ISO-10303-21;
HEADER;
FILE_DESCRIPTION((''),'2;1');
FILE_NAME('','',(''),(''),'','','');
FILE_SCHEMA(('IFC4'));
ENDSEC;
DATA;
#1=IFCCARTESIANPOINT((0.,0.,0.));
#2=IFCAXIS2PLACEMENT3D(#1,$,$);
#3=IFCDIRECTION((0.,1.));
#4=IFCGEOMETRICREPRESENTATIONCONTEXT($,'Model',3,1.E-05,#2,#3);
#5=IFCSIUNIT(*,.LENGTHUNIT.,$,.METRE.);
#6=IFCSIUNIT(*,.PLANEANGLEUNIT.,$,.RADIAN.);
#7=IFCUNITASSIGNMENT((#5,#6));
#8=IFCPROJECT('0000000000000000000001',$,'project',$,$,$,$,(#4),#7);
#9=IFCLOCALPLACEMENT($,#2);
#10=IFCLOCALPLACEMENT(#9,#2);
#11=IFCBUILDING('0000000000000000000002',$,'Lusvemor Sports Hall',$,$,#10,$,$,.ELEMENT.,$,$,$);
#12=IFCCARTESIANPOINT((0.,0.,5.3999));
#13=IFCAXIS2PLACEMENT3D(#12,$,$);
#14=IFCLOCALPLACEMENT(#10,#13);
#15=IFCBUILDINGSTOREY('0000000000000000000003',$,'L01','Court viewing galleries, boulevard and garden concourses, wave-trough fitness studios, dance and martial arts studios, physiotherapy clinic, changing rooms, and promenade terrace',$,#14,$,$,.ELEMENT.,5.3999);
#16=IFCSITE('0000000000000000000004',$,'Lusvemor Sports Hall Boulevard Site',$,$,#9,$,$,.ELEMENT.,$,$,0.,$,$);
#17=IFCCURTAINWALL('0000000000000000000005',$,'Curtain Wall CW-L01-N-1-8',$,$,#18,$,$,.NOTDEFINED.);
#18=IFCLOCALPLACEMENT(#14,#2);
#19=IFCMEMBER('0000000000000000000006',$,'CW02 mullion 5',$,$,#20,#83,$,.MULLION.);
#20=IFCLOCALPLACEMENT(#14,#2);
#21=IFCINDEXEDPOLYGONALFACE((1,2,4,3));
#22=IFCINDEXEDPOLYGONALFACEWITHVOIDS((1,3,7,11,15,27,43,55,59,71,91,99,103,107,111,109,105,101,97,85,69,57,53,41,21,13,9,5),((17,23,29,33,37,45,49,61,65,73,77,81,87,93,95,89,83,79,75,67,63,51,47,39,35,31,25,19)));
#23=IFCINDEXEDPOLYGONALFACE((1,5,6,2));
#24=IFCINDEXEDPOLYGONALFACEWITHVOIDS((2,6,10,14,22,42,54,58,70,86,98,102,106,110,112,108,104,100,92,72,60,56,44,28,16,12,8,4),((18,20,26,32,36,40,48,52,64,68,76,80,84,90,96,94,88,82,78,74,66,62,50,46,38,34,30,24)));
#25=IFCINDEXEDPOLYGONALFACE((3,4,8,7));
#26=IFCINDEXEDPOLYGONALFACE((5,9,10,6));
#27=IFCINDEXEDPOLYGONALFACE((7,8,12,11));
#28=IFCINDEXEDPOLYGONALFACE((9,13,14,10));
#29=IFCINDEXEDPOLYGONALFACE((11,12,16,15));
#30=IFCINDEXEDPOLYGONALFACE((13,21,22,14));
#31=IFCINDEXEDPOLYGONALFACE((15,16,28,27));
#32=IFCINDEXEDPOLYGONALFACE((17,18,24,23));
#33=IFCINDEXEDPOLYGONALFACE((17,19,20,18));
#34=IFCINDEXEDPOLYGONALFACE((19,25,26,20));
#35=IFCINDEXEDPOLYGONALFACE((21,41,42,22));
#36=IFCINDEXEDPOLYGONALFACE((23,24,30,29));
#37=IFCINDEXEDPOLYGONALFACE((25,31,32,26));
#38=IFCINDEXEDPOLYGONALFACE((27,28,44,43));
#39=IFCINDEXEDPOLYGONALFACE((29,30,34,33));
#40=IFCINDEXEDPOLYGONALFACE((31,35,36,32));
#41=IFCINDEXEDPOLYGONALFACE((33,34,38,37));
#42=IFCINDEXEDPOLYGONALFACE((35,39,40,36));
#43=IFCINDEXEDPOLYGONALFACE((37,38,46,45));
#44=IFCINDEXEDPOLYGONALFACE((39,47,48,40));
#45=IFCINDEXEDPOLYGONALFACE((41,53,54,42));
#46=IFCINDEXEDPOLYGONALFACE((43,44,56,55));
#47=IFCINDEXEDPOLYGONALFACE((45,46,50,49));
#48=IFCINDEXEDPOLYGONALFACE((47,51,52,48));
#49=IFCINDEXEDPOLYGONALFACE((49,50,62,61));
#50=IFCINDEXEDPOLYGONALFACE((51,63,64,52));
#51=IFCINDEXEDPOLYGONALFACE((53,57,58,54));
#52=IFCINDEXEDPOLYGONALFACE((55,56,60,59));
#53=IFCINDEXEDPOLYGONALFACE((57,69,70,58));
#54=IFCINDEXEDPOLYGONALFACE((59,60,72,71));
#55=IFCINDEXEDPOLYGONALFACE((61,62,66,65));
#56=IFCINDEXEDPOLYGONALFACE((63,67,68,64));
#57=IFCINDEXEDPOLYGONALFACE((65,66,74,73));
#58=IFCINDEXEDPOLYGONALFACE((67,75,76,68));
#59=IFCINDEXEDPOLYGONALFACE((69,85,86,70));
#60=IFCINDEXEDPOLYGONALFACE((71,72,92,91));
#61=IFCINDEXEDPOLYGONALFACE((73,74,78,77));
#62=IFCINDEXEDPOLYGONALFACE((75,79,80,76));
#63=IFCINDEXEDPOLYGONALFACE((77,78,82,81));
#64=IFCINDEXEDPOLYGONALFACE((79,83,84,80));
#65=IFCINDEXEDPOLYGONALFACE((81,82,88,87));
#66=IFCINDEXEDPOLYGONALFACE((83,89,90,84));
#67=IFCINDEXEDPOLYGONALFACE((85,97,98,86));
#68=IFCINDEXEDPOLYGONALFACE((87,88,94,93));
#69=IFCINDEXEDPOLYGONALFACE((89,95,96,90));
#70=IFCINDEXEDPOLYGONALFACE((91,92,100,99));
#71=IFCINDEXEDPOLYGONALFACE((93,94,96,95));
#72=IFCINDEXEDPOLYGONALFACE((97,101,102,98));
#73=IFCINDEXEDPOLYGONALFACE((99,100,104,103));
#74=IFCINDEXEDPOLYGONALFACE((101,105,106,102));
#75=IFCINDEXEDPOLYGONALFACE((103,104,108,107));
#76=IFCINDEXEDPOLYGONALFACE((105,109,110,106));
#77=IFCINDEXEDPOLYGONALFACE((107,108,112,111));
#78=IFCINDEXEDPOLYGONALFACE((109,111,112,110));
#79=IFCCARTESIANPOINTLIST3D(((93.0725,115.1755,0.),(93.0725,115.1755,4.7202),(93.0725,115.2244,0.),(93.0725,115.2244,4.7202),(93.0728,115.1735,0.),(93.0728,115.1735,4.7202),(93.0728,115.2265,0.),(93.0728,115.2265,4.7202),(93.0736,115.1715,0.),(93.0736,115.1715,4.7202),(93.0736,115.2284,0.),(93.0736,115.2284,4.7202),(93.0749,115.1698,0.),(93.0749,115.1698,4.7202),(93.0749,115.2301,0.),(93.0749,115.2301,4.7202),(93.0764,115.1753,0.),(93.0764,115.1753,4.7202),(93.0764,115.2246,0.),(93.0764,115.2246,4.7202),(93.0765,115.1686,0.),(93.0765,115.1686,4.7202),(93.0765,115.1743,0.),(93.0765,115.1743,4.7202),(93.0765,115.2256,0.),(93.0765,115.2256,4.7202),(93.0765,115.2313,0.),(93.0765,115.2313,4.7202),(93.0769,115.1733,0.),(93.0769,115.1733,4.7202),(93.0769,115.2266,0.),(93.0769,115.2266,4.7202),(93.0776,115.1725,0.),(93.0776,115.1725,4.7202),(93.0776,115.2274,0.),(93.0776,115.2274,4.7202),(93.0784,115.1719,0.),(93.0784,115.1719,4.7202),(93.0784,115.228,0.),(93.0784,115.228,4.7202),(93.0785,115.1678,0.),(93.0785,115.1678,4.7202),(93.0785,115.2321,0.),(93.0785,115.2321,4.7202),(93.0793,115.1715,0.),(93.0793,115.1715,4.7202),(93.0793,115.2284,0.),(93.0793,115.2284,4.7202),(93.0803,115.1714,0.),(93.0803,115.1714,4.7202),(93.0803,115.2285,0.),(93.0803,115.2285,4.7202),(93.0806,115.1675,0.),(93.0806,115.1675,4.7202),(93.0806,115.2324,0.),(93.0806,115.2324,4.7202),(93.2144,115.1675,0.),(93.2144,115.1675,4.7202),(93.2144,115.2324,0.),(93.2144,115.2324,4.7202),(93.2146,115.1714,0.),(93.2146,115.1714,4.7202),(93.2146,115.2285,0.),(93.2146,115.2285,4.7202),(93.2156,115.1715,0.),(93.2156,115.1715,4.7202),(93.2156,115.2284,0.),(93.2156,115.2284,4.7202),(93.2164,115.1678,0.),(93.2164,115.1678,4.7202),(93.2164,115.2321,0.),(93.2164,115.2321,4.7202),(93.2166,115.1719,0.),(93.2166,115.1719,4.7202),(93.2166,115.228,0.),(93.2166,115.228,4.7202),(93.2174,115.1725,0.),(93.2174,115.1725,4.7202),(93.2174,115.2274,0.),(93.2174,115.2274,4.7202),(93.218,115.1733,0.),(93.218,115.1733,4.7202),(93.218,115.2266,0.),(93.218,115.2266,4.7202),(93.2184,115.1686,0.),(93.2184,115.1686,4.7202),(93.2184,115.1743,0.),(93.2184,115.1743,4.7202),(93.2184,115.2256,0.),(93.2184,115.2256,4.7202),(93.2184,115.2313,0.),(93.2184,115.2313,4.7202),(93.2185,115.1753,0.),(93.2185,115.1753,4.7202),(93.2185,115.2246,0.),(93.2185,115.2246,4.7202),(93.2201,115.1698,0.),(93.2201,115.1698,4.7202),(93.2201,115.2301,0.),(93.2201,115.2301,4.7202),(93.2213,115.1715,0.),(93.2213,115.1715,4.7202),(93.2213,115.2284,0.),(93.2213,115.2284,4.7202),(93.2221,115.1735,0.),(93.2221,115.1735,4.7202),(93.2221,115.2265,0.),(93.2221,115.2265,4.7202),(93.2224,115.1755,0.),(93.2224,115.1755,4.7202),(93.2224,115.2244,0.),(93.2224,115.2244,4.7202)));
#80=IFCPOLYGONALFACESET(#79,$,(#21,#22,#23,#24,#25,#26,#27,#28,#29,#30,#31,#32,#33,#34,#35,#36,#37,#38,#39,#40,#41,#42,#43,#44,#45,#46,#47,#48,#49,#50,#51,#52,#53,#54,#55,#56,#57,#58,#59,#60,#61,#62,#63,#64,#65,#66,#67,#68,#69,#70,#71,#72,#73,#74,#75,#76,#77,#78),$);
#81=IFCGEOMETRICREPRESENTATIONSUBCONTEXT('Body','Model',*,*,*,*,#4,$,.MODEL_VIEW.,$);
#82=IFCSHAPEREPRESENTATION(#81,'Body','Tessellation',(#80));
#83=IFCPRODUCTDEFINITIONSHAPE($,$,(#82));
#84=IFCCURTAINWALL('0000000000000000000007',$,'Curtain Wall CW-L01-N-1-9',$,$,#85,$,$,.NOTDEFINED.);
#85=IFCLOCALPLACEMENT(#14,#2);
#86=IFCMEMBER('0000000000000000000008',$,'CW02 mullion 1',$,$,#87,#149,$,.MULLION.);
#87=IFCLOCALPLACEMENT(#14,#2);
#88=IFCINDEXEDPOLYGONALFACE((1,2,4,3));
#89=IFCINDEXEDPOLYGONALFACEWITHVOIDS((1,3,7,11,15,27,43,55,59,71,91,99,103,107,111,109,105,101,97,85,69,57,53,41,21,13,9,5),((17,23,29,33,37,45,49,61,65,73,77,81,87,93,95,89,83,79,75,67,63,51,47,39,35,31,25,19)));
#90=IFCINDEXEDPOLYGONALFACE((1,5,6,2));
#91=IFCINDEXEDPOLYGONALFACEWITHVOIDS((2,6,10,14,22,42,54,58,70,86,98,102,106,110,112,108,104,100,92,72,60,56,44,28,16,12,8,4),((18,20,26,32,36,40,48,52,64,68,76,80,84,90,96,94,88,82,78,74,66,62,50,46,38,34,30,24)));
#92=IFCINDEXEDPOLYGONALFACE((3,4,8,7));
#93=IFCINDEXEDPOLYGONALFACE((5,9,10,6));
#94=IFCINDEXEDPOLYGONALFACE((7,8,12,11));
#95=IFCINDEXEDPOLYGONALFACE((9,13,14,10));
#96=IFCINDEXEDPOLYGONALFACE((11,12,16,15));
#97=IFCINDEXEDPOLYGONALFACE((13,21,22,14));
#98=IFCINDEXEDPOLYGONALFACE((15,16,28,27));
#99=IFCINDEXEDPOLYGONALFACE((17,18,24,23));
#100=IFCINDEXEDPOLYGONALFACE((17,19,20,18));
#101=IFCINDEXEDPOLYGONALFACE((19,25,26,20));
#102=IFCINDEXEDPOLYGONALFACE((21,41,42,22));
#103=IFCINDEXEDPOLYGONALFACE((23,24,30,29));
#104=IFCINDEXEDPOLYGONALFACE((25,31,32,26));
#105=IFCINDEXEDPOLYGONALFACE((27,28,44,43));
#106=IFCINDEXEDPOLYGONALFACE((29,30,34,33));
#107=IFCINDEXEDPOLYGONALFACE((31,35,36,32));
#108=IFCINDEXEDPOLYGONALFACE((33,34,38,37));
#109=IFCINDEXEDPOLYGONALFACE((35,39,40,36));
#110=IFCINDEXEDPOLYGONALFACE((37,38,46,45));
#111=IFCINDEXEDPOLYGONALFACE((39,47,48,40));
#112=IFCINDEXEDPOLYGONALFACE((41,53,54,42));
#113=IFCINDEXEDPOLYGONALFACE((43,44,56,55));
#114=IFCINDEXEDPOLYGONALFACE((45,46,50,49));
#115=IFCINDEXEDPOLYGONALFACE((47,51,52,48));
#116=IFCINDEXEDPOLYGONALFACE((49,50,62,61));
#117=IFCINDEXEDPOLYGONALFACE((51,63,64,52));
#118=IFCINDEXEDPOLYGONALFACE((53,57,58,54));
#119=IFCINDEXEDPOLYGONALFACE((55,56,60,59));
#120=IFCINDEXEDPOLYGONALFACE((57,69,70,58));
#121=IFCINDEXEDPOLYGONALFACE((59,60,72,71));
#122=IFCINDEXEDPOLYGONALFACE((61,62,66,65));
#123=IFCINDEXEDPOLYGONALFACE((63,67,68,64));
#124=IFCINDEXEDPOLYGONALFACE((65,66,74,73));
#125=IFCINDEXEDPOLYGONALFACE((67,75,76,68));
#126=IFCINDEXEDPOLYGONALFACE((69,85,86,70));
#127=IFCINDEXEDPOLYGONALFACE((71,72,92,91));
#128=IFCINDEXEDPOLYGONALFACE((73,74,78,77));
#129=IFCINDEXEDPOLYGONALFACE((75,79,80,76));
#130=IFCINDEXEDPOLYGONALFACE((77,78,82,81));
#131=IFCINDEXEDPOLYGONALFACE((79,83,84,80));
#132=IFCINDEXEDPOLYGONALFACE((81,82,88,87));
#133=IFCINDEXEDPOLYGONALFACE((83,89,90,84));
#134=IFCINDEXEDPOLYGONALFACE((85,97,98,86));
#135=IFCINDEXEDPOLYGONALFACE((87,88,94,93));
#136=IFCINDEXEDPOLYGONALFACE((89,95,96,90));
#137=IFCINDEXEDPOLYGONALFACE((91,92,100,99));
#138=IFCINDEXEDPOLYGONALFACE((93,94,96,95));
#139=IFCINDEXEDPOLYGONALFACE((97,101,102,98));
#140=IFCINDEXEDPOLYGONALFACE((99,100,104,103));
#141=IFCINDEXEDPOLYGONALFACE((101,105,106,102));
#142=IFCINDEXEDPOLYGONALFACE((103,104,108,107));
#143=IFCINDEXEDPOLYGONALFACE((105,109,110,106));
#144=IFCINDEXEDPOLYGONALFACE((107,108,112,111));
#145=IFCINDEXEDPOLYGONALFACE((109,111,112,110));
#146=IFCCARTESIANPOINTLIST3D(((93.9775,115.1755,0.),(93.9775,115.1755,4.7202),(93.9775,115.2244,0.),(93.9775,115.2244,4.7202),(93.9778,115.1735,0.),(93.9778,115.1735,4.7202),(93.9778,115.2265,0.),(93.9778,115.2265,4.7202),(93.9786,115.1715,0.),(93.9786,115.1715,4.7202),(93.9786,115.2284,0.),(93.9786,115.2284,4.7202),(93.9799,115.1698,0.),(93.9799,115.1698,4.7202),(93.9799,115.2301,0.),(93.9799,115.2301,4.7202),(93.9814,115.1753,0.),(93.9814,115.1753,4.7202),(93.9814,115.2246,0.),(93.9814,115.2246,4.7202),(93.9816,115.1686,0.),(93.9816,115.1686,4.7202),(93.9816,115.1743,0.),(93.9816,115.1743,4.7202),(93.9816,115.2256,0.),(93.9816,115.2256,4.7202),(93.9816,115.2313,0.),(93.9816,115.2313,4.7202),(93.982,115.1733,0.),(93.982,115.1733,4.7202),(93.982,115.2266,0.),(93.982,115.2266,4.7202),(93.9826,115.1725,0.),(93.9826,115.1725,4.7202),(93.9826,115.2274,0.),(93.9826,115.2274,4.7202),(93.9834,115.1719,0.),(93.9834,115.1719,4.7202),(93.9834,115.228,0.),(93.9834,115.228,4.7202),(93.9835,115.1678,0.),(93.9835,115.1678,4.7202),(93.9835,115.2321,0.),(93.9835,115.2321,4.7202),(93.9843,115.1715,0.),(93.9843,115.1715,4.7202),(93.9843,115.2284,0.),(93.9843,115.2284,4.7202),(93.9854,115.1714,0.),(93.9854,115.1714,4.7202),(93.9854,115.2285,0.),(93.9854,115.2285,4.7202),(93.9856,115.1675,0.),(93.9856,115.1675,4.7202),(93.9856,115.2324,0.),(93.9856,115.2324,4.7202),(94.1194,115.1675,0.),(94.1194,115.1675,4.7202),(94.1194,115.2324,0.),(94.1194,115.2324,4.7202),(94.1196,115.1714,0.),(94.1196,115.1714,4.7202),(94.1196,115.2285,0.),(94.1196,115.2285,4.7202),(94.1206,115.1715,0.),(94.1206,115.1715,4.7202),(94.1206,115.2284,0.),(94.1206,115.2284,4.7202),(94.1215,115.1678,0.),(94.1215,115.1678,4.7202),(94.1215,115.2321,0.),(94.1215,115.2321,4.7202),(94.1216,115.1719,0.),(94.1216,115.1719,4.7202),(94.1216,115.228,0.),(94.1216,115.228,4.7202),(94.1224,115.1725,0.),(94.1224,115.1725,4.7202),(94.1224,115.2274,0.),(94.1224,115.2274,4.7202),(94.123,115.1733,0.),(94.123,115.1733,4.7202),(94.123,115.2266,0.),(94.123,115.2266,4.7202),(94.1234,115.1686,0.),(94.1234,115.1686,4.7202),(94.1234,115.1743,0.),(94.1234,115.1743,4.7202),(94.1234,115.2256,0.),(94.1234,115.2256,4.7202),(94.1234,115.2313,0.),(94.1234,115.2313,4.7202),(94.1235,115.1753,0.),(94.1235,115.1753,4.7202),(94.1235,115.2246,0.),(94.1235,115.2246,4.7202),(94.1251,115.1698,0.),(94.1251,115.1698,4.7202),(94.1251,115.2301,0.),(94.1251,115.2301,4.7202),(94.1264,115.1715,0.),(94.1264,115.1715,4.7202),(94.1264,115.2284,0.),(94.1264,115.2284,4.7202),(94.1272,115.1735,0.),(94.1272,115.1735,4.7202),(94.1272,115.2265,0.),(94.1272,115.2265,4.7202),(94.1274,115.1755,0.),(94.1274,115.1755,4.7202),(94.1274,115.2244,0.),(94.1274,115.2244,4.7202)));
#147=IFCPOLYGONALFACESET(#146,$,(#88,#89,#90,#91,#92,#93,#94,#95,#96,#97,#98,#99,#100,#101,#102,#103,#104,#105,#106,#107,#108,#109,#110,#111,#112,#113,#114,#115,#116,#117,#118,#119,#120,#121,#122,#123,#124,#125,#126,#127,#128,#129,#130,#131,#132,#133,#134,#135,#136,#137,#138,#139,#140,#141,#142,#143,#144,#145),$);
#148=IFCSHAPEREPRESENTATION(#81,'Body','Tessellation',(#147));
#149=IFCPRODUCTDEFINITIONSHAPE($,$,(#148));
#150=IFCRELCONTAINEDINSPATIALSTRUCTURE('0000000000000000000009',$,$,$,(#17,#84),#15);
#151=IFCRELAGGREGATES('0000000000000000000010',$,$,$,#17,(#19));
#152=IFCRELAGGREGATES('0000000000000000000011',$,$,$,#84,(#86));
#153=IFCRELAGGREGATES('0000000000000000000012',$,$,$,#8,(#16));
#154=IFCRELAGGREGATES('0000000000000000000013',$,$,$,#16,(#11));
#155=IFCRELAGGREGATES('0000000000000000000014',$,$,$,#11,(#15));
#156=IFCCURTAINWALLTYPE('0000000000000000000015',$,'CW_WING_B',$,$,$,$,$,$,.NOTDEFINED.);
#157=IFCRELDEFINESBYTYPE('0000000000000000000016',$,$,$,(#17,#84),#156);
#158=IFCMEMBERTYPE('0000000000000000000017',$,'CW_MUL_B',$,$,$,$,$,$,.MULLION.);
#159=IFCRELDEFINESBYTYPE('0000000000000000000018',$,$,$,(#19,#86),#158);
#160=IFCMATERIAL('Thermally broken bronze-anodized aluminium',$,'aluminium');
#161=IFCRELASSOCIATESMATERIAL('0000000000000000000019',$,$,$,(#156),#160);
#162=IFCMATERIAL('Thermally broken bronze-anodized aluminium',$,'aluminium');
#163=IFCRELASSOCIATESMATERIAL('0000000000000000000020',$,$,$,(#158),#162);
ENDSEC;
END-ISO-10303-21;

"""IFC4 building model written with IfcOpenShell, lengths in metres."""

from ifc_helpers import new_model, si_unit, direction, frame, origin, origin_2d, place, context, subcontext, project, spatial, hollow_rectangle, extrude, material, material_profile, profile_set, type_object, element, aggregate, save


model = new_model("IFC4")

# Units and contexts
model_context = context("Model", 3, precision=1e-05, world=origin(), true_north=direction((0.0, 1.0)))
body_context = subcontext(model_context, "Body", "Model", "MODEL_VIEW")
ifc_project = project(units=[si_unit("LENGTHUNIT", "METRE"), si_unit("PLANEANGLEUNIT", "RADIAN")], contexts=[model_context])

# Site, building, storey
site_placement = place(None, origin())
site = spatial("IfcSite", under=ifc_project, at=site_placement, Name="Lusvemor Sports Hall Boulevard Site", CompositionType="ELEMENT", RefElevation=0.0)
building_placement = place(site_placement, origin())
building = spatial("IfcBuilding", under=site, at=building_placement, Name="Lusvemor Sports Hall", CompositionType="ELEMENT")
storey_placement = place(building_placement, frame((0.0, 0.0, 5.3999)))
storey = spatial("IfcBuildingStorey", under=building, at=storey_placement, Name="L01", Description="Court viewing galleries, boulevard and garden concourses, wave-trough fitness studios, dance and martial arts studios, physiotherapy clinic, changing rooms, and promenade terrace", CompositionType="ELEMENT", Elevation=5.3999)

# Curtain wall, member
ifc_material_1 = material(Name="Thermally broken bronze-anodized aluminium", Category="aluminium")
curtain_wall_type = type_object("IfcCurtainWallType", Name="CW_WING_B", PredefinedType="NOTDEFINED", material=ifc_material_1)
curtain_wall_1_placement = place(storey_placement, origin())
curtain_wall_1 = element("IfcCurtainWall", 1, at=curtain_wall_1_placement, inside=storey, type_object=curtain_wall_type, Name="Curtain Wall CW-L01-N-1-8", PredefinedType="NOTDEFINED")
ifc_material_2 = material(Name="Thermally broken bronze-anodized aluminium", Category="aluminium")
ifc_material_profile_1 = material_profile(ifc_material_2, hollow_rectangle(XDim=0.0649, YDim=0.1499, WallThickness=0.0039, InnerFilletRadius=0.0039, OuterFilletRadius=0.0081, at=origin_2d()), Name="CWMUL150x65x4")
ifc_profile_set_1 = profile_set([ifc_material_profile_1], Name="Thermally broken bronze-anodized aluminium")
member_type_1 = type_object("IfcMemberType", Name="CW_MUL_B", PredefinedType="MULLION", material=ifc_profile_set_1)
member_1_placement = place(storey_placement, frame((93.1475, 115.2, 0.0), z_axis=(0.0, 0.0, 1.0), x_axis=(0.0, 1.0, 0.0)))
member_1 = element("IfcMember", 2, at=member_1_placement, type_object=member_type_1, Name="CW02 mullion 5", PredefinedType="MULLION", context=body_context, shape_type="SweptSolid", body=[
    extrude(hollow_rectangle(XDim=0.0649, YDim=0.1499, WallThickness=0.0039, InnerFilletRadius=0.0039, OuterFilletRadius=0.0081, at=origin_2d()), origin(), (0.0, 0.0, 1.0), 4.7202),
])

# Curtain wall, member
curtain_wall_2_placement = place(storey_placement, origin())
curtain_wall_2 = element("IfcCurtainWall", 3, at=curtain_wall_2_placement, inside=storey, type_object=curtain_wall_type, Name="Curtain Wall CW-L01-N-1-9", PredefinedType="NOTDEFINED")
member_2_placement = place(storey_placement, frame((94.0525, 115.2, 0.0), z_axis=(0.0, 0.0, 1.0), x_axis=(0.0, 1.0, 0.0)))
member_2 = element("IfcMember", 4, at=member_2_placement, type_object=member_type_1, Name="CW02 mullion 1", PredefinedType="MULLION", context=body_context, shape_type="SweptSolid", body=[
    extrude(hollow_rectangle(XDim=0.0649, YDim=0.1499, WallThickness=0.0039, InnerFilletRadius=0.0039, OuterFilletRadius=0.0081, at=origin_2d()), origin(), (0.0, 0.0, 1.0), 4.7202),
])

aggregate(curtain_wall_1, [member_1])
aggregate(curtain_wall_2, [member_2])

save(model, "model.ifc")
